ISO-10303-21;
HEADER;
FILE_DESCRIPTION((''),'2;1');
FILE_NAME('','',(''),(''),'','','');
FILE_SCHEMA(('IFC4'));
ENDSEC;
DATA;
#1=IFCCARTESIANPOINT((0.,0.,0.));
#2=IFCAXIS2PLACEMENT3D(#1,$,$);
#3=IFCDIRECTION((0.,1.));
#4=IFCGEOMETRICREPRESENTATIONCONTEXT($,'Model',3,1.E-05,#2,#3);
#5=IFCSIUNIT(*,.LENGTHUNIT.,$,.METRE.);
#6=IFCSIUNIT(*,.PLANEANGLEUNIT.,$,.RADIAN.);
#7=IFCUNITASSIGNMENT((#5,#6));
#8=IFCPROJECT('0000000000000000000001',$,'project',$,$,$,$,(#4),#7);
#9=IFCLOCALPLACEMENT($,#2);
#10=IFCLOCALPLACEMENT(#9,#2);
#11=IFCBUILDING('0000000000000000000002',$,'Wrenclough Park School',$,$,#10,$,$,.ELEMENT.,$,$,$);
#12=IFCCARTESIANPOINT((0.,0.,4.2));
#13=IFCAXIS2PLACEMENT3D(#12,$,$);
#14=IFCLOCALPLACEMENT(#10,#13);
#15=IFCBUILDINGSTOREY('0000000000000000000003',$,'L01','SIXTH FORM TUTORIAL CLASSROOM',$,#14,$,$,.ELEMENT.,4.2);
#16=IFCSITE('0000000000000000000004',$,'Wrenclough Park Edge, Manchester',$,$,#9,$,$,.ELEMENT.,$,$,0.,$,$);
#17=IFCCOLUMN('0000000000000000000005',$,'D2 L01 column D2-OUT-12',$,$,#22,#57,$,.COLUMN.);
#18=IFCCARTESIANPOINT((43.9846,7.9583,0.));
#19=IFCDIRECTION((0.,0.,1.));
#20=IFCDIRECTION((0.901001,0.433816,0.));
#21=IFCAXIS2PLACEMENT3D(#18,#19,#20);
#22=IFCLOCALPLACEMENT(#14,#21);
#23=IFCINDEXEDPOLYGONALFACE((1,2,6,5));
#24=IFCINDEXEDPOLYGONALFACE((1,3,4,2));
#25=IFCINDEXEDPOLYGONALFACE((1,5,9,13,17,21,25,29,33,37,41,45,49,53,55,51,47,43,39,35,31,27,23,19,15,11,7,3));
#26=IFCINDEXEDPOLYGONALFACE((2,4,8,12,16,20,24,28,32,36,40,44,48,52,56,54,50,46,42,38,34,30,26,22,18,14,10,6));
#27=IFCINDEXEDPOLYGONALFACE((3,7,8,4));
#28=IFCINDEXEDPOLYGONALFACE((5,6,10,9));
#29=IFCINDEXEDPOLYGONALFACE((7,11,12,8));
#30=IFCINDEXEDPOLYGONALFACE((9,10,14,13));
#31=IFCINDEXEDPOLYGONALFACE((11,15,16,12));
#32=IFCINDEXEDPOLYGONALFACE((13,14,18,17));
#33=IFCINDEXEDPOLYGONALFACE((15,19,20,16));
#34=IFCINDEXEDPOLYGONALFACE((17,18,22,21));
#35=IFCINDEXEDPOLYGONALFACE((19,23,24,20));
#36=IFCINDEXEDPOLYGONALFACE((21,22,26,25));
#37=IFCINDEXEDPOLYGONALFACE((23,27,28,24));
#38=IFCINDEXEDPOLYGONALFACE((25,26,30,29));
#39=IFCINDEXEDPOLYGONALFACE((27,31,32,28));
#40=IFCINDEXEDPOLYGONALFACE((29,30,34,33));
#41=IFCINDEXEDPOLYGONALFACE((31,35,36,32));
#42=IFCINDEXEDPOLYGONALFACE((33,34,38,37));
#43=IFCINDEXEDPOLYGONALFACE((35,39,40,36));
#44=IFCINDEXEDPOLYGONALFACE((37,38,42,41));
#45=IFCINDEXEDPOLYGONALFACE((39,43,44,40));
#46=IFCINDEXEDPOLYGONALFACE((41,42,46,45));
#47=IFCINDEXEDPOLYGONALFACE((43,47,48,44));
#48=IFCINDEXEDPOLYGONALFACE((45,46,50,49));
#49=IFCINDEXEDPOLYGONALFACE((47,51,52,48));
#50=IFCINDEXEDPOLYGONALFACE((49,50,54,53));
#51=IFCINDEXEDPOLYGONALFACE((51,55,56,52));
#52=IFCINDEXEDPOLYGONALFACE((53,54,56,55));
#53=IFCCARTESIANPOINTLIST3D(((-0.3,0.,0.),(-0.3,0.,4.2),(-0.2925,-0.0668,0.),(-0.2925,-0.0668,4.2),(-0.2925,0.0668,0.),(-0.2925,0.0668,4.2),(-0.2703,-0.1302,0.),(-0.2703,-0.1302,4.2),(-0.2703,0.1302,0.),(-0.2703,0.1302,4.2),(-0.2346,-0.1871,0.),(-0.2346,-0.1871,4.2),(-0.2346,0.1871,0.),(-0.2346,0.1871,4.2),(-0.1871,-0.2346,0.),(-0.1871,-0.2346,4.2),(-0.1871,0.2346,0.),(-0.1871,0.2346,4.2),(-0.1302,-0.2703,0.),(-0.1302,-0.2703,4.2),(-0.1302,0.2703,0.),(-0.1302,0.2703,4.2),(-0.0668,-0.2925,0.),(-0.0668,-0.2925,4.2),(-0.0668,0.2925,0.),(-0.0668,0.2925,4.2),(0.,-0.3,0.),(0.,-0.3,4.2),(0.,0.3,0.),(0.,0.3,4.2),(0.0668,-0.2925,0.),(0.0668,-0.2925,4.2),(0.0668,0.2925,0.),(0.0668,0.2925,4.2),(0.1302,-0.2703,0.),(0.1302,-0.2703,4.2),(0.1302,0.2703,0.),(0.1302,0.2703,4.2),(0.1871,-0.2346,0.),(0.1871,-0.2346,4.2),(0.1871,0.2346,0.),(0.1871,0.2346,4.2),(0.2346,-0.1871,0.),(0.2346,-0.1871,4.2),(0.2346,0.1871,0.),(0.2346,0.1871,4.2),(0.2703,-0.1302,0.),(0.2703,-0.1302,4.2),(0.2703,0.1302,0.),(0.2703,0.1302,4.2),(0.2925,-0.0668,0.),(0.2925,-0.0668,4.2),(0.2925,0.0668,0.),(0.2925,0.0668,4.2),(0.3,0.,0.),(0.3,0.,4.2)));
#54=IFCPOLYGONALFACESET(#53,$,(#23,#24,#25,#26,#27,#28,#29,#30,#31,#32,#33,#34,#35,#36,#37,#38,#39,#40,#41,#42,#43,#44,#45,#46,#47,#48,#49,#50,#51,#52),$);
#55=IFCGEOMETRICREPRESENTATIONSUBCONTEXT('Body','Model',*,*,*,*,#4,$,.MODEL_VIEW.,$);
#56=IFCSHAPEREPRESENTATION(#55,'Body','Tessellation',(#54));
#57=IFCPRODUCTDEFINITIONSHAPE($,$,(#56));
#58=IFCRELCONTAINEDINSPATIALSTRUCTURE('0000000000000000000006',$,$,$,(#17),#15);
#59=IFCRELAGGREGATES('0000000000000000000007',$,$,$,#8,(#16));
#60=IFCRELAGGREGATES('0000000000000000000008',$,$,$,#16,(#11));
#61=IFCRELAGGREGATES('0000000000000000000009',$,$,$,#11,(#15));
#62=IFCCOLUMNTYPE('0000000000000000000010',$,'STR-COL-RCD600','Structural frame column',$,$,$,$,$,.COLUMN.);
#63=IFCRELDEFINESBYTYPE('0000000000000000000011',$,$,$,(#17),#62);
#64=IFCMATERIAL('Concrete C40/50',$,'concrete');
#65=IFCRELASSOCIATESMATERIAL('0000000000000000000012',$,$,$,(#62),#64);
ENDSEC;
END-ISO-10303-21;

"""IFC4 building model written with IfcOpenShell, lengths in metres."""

from ifc_helpers import new_model, si_unit, direction, frame, origin, origin_2d, place, context, subcontext, project, spatial, circle, extrude, material, material_profile, profile_set, type_object, element, save


model = new_model("IFC4")

# Units and contexts
model_context = context("Model", 3, precision=1e-05, world=origin(), true_north=direction((0.0, 1.0)))
body_context = subcontext(model_context, "Body", "Model", "MODEL_VIEW")
ifc_project = project(units=[si_unit("LENGTHUNIT", "METRE"), si_unit("PLANEANGLEUNIT", "RADIAN")], contexts=[model_context])

# Site, building, storey
site_placement = place(None, origin())
site = spatial("IfcSite", under=ifc_project, at=site_placement, Name="Wrenclough Park Edge, Manchester", CompositionType="ELEMENT", RefElevation=0.0)
building_placement = place(site_placement, origin())
building = spatial("IfcBuilding", under=site, at=building_placement, Name="Wrenclough Park School", CompositionType="ELEMENT")
storey_placement = place(building_placement, frame((0.0, 0.0, 4.2)))
storey = spatial("IfcBuildingStorey", under=building, at=storey_placement, Name="L01", Description="SIXTH FORM TUTORIAL CLASSROOM", CompositionType="ELEMENT", Elevation=4.2)

# Column
ifc_material_1 = material(Name="Concrete C40/50", Category="concrete")
ifc_material_profile_1 = material_profile(ifc_material_1, circle(Radius=0.3, at=origin_2d()), Name="RC COL D600")
ifc_profile_set_1 = profile_set([ifc_material_profile_1], Name="Concrete C40/50")
column_type = type_object("IfcColumnType", Name="STR-COL-RCD600", Description="Structural frame column", PredefinedType="COLUMN", material=ifc_profile_set_1)
column_placement = place(storey_placement, frame((43.9846, 7.9583, 0.0), z_axis=(0.0, 0.0, 1.0), x_axis=(0.901001, 0.433816, 0.0)))
element("IfcColumn", 1, at=column_placement, inside=storey, type_object=column_type, Name="D2 L01 column D2-OUT-12", PredefinedType="COLUMN", context=body_context, shape_type="SweptSolid", body=[
    extrude(circle(Radius=0.3, at=origin_2d()), origin(), (0.0, 0.0, 1.0), 4.2),
])

save(model, "model.ifc")
